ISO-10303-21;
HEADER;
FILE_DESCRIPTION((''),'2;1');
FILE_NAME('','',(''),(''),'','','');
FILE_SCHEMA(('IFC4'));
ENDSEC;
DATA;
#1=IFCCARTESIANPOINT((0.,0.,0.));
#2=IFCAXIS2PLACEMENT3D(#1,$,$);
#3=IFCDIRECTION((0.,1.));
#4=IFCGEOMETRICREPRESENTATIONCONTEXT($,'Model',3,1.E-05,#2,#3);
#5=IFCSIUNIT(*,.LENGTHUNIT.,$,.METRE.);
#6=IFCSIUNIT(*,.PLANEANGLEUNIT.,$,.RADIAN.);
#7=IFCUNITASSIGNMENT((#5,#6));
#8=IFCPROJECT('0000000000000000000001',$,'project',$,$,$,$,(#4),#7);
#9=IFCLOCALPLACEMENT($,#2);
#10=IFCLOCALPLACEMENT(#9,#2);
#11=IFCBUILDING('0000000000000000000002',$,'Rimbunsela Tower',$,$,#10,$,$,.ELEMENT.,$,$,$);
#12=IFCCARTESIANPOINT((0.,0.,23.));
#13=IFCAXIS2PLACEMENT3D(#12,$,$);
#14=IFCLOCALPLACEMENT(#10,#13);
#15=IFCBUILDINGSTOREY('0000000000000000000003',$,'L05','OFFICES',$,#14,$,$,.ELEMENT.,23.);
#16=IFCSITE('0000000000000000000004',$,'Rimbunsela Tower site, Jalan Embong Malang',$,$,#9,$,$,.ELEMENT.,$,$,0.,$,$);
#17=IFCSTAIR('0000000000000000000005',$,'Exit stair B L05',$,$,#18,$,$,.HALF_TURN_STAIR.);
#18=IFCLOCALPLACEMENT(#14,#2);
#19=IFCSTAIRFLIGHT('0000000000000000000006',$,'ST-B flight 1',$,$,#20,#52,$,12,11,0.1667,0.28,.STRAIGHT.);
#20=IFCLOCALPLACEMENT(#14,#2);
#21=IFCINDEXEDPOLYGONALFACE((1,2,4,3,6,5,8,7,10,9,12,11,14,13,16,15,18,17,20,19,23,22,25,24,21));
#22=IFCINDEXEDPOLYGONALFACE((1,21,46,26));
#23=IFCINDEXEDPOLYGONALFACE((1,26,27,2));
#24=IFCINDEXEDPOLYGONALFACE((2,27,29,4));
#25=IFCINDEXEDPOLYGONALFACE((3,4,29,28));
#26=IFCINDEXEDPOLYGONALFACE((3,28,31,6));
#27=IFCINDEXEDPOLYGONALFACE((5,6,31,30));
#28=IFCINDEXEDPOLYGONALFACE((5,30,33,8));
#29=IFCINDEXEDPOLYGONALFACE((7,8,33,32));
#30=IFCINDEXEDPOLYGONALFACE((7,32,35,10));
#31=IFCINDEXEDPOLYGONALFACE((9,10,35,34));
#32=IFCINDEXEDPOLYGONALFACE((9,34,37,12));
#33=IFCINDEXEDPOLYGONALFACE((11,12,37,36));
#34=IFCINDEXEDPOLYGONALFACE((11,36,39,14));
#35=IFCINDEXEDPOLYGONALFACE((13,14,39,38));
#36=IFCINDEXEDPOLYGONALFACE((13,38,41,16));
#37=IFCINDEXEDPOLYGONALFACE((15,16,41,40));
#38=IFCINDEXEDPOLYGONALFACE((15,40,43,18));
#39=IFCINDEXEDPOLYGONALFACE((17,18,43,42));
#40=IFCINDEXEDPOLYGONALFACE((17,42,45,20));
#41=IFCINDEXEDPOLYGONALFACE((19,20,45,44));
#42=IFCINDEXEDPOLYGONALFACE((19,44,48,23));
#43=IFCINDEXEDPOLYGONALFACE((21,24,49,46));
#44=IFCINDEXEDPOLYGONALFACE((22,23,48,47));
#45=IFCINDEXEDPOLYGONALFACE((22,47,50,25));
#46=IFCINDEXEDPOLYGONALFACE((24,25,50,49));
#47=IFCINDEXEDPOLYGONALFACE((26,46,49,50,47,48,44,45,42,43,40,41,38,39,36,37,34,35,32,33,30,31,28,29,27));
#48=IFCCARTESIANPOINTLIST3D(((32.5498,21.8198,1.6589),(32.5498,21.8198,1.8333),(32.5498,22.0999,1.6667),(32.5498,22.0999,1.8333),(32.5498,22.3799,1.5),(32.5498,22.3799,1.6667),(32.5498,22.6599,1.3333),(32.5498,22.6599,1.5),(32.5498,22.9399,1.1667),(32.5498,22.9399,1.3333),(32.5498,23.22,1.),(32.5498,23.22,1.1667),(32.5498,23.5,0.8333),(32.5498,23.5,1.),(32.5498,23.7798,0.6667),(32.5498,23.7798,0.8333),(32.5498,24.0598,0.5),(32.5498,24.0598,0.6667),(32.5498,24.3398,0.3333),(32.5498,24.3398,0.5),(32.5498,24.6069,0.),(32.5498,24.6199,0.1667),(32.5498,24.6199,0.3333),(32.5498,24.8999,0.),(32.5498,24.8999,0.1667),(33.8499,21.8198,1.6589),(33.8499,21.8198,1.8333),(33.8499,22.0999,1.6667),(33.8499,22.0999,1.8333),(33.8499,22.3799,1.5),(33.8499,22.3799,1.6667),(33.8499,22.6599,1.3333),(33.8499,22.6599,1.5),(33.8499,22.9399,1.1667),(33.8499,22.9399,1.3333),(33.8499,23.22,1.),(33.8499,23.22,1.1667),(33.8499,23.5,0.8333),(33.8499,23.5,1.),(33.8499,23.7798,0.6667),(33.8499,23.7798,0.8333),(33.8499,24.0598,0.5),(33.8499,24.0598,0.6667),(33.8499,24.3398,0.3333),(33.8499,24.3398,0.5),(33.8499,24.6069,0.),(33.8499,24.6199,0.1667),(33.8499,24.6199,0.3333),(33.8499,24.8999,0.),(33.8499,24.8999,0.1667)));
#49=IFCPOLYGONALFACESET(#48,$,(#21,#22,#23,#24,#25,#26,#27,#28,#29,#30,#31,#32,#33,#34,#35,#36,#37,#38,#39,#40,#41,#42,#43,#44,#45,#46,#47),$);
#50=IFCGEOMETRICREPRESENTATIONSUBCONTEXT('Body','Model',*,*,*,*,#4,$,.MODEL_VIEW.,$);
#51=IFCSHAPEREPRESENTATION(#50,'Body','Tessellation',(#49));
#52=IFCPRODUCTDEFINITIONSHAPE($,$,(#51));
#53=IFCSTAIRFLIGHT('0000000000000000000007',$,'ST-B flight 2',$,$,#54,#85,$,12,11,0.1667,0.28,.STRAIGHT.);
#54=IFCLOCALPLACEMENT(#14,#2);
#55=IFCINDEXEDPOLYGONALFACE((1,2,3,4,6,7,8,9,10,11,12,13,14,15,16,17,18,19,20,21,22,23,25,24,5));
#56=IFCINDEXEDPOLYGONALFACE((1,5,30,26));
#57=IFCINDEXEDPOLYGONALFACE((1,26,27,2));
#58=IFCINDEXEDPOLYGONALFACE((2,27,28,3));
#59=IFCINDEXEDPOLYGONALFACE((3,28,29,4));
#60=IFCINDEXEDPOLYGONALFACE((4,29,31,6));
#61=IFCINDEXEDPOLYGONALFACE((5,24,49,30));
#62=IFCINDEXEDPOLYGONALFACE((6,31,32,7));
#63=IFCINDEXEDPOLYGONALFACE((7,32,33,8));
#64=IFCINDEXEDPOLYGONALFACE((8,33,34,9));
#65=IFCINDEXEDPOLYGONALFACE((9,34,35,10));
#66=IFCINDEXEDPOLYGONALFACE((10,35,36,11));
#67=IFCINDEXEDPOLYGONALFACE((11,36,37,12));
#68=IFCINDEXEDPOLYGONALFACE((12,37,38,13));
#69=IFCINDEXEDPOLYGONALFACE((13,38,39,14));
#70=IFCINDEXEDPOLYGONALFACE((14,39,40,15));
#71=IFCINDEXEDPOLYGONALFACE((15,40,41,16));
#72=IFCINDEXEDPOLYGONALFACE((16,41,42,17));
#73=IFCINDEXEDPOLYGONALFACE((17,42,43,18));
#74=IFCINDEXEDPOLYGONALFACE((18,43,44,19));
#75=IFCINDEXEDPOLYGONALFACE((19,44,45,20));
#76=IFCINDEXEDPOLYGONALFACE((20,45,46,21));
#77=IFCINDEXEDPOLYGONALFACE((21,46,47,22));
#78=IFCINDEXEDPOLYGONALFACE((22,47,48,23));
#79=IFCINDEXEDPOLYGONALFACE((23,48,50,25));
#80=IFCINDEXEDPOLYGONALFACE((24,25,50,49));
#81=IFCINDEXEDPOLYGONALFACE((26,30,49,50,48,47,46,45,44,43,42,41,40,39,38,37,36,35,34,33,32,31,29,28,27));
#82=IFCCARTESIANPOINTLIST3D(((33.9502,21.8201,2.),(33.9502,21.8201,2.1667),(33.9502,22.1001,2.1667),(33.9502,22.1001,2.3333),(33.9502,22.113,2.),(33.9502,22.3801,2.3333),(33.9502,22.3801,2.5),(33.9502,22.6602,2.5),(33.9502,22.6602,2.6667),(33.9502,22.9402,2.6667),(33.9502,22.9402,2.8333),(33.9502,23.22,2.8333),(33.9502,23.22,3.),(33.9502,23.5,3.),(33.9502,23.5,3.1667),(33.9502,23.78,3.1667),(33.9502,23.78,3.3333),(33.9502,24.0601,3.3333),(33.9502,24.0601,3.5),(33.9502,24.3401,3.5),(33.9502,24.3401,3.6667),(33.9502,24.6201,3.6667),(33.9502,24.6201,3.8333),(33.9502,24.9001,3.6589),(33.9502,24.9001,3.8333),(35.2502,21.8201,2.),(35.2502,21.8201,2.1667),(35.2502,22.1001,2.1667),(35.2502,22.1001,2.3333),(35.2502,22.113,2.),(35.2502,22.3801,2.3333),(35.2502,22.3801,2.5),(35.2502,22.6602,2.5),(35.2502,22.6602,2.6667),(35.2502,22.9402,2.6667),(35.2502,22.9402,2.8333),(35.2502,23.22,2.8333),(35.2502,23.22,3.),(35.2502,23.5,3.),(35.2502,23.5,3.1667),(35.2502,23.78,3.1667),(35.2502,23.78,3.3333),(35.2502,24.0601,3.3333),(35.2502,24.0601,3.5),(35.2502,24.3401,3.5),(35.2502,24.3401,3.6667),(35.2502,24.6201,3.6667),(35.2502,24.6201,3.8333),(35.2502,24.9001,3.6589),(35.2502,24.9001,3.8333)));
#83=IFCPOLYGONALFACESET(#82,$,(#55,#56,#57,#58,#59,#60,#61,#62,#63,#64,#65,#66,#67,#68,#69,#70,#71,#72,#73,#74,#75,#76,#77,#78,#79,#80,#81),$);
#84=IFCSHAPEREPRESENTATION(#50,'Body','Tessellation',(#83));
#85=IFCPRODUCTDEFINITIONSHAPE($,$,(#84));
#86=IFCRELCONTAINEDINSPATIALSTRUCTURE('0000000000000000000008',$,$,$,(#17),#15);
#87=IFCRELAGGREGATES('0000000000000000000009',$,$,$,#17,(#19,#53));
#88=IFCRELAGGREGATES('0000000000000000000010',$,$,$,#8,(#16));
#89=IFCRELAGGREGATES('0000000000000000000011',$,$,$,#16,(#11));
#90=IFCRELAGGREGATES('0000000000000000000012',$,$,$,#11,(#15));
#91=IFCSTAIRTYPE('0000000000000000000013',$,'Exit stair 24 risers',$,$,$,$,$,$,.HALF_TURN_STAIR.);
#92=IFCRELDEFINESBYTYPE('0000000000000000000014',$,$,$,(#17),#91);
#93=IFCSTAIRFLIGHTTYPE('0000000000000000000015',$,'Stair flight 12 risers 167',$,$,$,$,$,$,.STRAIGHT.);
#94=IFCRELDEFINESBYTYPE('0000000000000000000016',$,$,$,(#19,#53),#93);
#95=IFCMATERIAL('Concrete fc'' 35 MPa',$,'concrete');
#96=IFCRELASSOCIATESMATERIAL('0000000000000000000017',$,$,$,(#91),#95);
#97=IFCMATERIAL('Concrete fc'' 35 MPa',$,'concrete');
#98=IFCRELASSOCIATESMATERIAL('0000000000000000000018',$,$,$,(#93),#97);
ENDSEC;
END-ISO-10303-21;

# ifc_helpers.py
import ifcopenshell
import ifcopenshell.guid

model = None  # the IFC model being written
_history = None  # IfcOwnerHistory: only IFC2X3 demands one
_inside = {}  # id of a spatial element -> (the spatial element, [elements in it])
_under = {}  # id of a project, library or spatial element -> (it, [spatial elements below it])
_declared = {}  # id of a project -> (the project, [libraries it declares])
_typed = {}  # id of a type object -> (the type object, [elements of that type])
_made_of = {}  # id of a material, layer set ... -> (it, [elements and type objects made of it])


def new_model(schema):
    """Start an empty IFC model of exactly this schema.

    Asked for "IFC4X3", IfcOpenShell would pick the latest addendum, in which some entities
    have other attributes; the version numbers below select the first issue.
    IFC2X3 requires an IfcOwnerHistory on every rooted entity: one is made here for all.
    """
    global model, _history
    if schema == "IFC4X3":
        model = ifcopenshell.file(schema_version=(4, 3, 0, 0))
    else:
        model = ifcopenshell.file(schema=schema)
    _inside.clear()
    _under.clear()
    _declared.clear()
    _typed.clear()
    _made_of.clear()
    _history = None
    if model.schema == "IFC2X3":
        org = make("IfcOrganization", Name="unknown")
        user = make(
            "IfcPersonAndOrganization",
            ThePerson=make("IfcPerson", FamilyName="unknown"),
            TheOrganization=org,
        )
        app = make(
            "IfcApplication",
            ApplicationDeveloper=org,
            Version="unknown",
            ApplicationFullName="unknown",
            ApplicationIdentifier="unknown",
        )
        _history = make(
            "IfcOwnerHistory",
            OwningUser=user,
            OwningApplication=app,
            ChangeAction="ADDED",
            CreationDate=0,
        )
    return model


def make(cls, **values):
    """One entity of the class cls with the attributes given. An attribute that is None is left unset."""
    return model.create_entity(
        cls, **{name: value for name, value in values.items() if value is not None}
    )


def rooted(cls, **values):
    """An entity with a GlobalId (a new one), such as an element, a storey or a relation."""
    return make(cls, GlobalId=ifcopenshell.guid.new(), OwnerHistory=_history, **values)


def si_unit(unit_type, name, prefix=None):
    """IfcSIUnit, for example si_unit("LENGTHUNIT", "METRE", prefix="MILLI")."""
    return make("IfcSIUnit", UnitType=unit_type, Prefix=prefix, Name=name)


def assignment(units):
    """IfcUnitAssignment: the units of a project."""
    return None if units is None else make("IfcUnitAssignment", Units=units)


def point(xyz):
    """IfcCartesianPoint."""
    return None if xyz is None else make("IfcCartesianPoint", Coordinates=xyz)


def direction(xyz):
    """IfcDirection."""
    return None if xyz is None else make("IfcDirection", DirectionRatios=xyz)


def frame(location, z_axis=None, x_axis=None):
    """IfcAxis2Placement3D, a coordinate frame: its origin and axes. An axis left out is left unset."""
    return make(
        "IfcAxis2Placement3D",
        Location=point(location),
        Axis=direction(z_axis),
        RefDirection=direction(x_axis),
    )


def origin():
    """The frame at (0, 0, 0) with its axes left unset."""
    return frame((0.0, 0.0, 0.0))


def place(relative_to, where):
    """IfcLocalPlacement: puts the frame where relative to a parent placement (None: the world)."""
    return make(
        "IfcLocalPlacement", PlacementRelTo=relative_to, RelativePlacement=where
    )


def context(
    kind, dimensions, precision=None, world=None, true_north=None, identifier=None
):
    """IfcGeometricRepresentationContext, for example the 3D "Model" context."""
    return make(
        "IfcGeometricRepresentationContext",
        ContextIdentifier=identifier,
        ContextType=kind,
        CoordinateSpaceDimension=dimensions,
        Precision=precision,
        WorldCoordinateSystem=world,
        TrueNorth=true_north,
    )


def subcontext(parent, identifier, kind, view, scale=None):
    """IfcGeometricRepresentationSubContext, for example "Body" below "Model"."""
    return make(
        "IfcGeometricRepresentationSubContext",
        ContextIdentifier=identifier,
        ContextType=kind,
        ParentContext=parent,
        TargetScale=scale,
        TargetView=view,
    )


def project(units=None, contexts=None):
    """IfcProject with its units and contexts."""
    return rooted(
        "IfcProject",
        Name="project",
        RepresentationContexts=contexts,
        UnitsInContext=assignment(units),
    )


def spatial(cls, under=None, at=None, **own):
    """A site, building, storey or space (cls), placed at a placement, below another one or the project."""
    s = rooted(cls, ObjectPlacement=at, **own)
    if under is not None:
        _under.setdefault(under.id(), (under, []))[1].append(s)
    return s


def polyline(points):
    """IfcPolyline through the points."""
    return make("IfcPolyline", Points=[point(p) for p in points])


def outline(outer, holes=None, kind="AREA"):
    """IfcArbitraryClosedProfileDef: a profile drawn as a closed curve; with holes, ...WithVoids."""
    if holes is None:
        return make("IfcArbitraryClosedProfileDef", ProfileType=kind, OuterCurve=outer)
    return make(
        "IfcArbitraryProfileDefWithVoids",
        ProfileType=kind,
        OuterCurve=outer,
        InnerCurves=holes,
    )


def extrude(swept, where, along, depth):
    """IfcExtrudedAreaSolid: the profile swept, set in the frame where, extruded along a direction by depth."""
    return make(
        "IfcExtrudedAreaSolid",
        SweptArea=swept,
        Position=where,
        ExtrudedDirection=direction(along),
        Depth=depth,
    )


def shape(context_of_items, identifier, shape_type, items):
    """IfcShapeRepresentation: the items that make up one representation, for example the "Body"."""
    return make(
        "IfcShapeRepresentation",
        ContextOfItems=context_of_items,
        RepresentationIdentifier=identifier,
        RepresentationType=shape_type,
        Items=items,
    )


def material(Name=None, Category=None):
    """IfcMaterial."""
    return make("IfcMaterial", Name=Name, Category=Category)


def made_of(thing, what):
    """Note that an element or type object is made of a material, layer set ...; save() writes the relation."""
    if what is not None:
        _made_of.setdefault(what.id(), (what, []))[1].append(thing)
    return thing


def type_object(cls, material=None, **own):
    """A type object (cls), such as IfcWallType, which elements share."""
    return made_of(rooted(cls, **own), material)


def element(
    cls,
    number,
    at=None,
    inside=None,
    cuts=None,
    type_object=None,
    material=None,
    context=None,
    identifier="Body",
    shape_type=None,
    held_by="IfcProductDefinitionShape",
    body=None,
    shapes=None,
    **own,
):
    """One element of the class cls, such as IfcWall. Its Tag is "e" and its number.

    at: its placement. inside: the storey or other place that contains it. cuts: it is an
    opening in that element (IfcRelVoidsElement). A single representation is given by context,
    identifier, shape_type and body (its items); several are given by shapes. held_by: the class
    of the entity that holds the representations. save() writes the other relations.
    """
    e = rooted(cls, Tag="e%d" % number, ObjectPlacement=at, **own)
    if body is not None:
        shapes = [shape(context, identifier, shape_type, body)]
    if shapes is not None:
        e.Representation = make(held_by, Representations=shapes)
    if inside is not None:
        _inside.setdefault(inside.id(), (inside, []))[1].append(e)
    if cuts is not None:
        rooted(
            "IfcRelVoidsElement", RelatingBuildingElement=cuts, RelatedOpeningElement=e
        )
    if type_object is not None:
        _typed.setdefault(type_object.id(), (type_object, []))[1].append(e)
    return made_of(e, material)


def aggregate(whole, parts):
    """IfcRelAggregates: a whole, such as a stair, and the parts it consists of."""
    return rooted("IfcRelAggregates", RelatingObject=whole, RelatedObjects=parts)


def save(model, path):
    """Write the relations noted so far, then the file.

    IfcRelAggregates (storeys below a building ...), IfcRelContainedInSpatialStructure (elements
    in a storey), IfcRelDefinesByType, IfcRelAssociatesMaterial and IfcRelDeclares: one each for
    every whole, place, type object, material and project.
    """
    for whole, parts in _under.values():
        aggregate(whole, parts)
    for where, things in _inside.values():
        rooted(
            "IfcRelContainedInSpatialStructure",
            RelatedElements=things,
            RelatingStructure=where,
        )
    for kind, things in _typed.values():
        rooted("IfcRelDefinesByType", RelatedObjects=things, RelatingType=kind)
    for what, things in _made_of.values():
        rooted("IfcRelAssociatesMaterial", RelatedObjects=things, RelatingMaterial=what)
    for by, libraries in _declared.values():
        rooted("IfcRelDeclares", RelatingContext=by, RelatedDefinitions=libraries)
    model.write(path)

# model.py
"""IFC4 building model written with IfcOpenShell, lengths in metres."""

from ifc_helpers import new_model, si_unit, direction, frame, origin, place, context, subcontext, project, spatial, polyline, outline, extrude, material, type_object, element, aggregate, save


model = new_model("IFC4")

# Units and contexts
model_context = context("Model", 3, precision=1e-05, world=origin(), true_north=direction((0.0, 1.0)))
body_context = subcontext(model_context, "Body", "Model", "MODEL_VIEW")
ifc_project = project(units=[si_unit("LENGTHUNIT", "METRE"), si_unit("PLANEANGLEUNIT", "RADIAN")], contexts=[model_context])

# Site, building, storey
site_placement = place(None, origin())
site = spatial("IfcSite", under=ifc_project, at=site_placement, Name="Rimbunsela Tower site, Jalan Embong Malang", CompositionType="ELEMENT", RefElevation=0.0)
building_placement = place(site_placement, origin())
building = spatial("IfcBuilding", under=site, at=building_placement, Name="Rimbunsela Tower", CompositionType="ELEMENT")
storey_placement = place(building_placement, frame((0.0, 0.0, 23.0)))
storey = spatial("IfcBuildingStorey", under=building, at=storey_placement, Name="L05", Description="OFFICES", CompositionType="ELEMENT", Elevation=23.0)

# Stair, stair flights
ifc_material_1 = material(Name="Concrete fc' 35 MPa", Category="concrete")
stair_type = type_object("IfcStairType", Name="Exit stair 24 risers", PredefinedType="HALF_TURN_STAIR", material=ifc_material_1)
ifc_material_2 = material(Name="Concrete fc' 35 MPa", Category="concrete")
stair_flight_type = type_object("IfcStairFlightType", Name="Stair flight 12 risers 167", PredefinedType="STRAIGHT", material=ifc_material_2)
stair_1_placement = place(storey_placement, origin())
stair_1 = element("IfcStair", 1, at=stair_1_placement, inside=storey, type_object=stair_type, Name="Exit stair B L05", PredefinedType="HALF_TURN_STAIR")
stair_flight_1_placement = place(storey_placement, frame((33.2, 24.8999, 0.0), z_axis=(0.0, 0.0, 1.0), x_axis=(0.0, -1.0, 0.0)))
stair_flight_1 = element("IfcStairFlight", 2, at=stair_flight_1_placement, type_object=stair_flight_type, Name="ST-B flight 1", NumberOfRisers=12, NumberOfTreads=11, PredefinedType="STRAIGHT", RiserHeight=0.1667, TreadLength=0.28, context=body_context, shape_type="SweptSolid", body=[
    extrude(outline(polyline([(0.0, 0.0), (0.0, 0.1667), (0.28, 0.1667), (0.28, 0.3333), (0.5601, 0.3333), (0.5601, 0.5), (0.8401, 0.5), (0.8401, 0.6667), (1.1201, 0.6667), (1.1201, 0.8333), (1.3999, 0.8333), (1.3999, 1.0), (1.6799, 1.0), (1.6799, 1.1667), (1.96, 1.1667), (1.96, 1.3333), (2.24, 1.3333), (2.24, 1.5), (2.52, 1.5), (2.52, 1.6667), (2.8, 1.6667), (2.8, 1.8333), (3.0801, 1.8333), (3.0801, 2.0), (3.0801, 1.6589), (0.293, 0.0), (0.0, 0.0)])), frame((0.0, 0.6499, 0.0), z_axis=(0.0, -1.0, 0.0), x_axis=(1.0, 0.0, 0.0)), (0.0, 0.0, 1.0), 1.3),
])
stair_flight_2_placement = place(storey_placement, frame((34.6001, 21.8201, 2.0), z_axis=(0.0, 0.0, 1.0), x_axis=(0.0, 1.0, 0.0)))
stair_flight_2 = element("IfcStairFlight", 3, at=stair_flight_2_placement, type_object=stair_flight_type, Name="ST-B flight 2", NumberOfRisers=12, NumberOfTreads=11, PredefinedType="STRAIGHT", RiserHeight=0.1667, TreadLength=0.28, context=body_context, shape_type="SweptSolid", body=[
    extrude(outline(polyline([(0.0, 0.0), (0.0, 0.1667), (0.28, 0.1667), (0.28, 0.3333), (0.5601, 0.3333), (0.5601, 0.5), (0.8401, 0.5), (0.8401, 0.6667), (1.1201, 0.6667), (1.1201, 0.8333), (1.3999, 0.8333), (1.3999, 1.0), (1.6799, 1.0), (1.6799, 1.1667), (1.96, 1.1667), (1.96, 1.3333), (2.24, 1.3333), (2.24, 1.5), (2.52, 1.5), (2.52, 1.6667), (2.8, 1.6667), (2.8, 1.8333), (3.0801, 1.8333), (3.0801, 2.0), (3.0801, 1.6589), (0.293, 0.0), (0.0, 0.0)])), frame((0.0, 0.6499, 0.0), z_axis=(0.0, -1.0, 0.0), x_axis=(1.0, 0.0, 0.0)), (0.0, 0.0, 1.0), 1.3),
])
aggregate(stair_1, [stair_flight_1, stair_flight_2])

save(model, "model.ifc")
